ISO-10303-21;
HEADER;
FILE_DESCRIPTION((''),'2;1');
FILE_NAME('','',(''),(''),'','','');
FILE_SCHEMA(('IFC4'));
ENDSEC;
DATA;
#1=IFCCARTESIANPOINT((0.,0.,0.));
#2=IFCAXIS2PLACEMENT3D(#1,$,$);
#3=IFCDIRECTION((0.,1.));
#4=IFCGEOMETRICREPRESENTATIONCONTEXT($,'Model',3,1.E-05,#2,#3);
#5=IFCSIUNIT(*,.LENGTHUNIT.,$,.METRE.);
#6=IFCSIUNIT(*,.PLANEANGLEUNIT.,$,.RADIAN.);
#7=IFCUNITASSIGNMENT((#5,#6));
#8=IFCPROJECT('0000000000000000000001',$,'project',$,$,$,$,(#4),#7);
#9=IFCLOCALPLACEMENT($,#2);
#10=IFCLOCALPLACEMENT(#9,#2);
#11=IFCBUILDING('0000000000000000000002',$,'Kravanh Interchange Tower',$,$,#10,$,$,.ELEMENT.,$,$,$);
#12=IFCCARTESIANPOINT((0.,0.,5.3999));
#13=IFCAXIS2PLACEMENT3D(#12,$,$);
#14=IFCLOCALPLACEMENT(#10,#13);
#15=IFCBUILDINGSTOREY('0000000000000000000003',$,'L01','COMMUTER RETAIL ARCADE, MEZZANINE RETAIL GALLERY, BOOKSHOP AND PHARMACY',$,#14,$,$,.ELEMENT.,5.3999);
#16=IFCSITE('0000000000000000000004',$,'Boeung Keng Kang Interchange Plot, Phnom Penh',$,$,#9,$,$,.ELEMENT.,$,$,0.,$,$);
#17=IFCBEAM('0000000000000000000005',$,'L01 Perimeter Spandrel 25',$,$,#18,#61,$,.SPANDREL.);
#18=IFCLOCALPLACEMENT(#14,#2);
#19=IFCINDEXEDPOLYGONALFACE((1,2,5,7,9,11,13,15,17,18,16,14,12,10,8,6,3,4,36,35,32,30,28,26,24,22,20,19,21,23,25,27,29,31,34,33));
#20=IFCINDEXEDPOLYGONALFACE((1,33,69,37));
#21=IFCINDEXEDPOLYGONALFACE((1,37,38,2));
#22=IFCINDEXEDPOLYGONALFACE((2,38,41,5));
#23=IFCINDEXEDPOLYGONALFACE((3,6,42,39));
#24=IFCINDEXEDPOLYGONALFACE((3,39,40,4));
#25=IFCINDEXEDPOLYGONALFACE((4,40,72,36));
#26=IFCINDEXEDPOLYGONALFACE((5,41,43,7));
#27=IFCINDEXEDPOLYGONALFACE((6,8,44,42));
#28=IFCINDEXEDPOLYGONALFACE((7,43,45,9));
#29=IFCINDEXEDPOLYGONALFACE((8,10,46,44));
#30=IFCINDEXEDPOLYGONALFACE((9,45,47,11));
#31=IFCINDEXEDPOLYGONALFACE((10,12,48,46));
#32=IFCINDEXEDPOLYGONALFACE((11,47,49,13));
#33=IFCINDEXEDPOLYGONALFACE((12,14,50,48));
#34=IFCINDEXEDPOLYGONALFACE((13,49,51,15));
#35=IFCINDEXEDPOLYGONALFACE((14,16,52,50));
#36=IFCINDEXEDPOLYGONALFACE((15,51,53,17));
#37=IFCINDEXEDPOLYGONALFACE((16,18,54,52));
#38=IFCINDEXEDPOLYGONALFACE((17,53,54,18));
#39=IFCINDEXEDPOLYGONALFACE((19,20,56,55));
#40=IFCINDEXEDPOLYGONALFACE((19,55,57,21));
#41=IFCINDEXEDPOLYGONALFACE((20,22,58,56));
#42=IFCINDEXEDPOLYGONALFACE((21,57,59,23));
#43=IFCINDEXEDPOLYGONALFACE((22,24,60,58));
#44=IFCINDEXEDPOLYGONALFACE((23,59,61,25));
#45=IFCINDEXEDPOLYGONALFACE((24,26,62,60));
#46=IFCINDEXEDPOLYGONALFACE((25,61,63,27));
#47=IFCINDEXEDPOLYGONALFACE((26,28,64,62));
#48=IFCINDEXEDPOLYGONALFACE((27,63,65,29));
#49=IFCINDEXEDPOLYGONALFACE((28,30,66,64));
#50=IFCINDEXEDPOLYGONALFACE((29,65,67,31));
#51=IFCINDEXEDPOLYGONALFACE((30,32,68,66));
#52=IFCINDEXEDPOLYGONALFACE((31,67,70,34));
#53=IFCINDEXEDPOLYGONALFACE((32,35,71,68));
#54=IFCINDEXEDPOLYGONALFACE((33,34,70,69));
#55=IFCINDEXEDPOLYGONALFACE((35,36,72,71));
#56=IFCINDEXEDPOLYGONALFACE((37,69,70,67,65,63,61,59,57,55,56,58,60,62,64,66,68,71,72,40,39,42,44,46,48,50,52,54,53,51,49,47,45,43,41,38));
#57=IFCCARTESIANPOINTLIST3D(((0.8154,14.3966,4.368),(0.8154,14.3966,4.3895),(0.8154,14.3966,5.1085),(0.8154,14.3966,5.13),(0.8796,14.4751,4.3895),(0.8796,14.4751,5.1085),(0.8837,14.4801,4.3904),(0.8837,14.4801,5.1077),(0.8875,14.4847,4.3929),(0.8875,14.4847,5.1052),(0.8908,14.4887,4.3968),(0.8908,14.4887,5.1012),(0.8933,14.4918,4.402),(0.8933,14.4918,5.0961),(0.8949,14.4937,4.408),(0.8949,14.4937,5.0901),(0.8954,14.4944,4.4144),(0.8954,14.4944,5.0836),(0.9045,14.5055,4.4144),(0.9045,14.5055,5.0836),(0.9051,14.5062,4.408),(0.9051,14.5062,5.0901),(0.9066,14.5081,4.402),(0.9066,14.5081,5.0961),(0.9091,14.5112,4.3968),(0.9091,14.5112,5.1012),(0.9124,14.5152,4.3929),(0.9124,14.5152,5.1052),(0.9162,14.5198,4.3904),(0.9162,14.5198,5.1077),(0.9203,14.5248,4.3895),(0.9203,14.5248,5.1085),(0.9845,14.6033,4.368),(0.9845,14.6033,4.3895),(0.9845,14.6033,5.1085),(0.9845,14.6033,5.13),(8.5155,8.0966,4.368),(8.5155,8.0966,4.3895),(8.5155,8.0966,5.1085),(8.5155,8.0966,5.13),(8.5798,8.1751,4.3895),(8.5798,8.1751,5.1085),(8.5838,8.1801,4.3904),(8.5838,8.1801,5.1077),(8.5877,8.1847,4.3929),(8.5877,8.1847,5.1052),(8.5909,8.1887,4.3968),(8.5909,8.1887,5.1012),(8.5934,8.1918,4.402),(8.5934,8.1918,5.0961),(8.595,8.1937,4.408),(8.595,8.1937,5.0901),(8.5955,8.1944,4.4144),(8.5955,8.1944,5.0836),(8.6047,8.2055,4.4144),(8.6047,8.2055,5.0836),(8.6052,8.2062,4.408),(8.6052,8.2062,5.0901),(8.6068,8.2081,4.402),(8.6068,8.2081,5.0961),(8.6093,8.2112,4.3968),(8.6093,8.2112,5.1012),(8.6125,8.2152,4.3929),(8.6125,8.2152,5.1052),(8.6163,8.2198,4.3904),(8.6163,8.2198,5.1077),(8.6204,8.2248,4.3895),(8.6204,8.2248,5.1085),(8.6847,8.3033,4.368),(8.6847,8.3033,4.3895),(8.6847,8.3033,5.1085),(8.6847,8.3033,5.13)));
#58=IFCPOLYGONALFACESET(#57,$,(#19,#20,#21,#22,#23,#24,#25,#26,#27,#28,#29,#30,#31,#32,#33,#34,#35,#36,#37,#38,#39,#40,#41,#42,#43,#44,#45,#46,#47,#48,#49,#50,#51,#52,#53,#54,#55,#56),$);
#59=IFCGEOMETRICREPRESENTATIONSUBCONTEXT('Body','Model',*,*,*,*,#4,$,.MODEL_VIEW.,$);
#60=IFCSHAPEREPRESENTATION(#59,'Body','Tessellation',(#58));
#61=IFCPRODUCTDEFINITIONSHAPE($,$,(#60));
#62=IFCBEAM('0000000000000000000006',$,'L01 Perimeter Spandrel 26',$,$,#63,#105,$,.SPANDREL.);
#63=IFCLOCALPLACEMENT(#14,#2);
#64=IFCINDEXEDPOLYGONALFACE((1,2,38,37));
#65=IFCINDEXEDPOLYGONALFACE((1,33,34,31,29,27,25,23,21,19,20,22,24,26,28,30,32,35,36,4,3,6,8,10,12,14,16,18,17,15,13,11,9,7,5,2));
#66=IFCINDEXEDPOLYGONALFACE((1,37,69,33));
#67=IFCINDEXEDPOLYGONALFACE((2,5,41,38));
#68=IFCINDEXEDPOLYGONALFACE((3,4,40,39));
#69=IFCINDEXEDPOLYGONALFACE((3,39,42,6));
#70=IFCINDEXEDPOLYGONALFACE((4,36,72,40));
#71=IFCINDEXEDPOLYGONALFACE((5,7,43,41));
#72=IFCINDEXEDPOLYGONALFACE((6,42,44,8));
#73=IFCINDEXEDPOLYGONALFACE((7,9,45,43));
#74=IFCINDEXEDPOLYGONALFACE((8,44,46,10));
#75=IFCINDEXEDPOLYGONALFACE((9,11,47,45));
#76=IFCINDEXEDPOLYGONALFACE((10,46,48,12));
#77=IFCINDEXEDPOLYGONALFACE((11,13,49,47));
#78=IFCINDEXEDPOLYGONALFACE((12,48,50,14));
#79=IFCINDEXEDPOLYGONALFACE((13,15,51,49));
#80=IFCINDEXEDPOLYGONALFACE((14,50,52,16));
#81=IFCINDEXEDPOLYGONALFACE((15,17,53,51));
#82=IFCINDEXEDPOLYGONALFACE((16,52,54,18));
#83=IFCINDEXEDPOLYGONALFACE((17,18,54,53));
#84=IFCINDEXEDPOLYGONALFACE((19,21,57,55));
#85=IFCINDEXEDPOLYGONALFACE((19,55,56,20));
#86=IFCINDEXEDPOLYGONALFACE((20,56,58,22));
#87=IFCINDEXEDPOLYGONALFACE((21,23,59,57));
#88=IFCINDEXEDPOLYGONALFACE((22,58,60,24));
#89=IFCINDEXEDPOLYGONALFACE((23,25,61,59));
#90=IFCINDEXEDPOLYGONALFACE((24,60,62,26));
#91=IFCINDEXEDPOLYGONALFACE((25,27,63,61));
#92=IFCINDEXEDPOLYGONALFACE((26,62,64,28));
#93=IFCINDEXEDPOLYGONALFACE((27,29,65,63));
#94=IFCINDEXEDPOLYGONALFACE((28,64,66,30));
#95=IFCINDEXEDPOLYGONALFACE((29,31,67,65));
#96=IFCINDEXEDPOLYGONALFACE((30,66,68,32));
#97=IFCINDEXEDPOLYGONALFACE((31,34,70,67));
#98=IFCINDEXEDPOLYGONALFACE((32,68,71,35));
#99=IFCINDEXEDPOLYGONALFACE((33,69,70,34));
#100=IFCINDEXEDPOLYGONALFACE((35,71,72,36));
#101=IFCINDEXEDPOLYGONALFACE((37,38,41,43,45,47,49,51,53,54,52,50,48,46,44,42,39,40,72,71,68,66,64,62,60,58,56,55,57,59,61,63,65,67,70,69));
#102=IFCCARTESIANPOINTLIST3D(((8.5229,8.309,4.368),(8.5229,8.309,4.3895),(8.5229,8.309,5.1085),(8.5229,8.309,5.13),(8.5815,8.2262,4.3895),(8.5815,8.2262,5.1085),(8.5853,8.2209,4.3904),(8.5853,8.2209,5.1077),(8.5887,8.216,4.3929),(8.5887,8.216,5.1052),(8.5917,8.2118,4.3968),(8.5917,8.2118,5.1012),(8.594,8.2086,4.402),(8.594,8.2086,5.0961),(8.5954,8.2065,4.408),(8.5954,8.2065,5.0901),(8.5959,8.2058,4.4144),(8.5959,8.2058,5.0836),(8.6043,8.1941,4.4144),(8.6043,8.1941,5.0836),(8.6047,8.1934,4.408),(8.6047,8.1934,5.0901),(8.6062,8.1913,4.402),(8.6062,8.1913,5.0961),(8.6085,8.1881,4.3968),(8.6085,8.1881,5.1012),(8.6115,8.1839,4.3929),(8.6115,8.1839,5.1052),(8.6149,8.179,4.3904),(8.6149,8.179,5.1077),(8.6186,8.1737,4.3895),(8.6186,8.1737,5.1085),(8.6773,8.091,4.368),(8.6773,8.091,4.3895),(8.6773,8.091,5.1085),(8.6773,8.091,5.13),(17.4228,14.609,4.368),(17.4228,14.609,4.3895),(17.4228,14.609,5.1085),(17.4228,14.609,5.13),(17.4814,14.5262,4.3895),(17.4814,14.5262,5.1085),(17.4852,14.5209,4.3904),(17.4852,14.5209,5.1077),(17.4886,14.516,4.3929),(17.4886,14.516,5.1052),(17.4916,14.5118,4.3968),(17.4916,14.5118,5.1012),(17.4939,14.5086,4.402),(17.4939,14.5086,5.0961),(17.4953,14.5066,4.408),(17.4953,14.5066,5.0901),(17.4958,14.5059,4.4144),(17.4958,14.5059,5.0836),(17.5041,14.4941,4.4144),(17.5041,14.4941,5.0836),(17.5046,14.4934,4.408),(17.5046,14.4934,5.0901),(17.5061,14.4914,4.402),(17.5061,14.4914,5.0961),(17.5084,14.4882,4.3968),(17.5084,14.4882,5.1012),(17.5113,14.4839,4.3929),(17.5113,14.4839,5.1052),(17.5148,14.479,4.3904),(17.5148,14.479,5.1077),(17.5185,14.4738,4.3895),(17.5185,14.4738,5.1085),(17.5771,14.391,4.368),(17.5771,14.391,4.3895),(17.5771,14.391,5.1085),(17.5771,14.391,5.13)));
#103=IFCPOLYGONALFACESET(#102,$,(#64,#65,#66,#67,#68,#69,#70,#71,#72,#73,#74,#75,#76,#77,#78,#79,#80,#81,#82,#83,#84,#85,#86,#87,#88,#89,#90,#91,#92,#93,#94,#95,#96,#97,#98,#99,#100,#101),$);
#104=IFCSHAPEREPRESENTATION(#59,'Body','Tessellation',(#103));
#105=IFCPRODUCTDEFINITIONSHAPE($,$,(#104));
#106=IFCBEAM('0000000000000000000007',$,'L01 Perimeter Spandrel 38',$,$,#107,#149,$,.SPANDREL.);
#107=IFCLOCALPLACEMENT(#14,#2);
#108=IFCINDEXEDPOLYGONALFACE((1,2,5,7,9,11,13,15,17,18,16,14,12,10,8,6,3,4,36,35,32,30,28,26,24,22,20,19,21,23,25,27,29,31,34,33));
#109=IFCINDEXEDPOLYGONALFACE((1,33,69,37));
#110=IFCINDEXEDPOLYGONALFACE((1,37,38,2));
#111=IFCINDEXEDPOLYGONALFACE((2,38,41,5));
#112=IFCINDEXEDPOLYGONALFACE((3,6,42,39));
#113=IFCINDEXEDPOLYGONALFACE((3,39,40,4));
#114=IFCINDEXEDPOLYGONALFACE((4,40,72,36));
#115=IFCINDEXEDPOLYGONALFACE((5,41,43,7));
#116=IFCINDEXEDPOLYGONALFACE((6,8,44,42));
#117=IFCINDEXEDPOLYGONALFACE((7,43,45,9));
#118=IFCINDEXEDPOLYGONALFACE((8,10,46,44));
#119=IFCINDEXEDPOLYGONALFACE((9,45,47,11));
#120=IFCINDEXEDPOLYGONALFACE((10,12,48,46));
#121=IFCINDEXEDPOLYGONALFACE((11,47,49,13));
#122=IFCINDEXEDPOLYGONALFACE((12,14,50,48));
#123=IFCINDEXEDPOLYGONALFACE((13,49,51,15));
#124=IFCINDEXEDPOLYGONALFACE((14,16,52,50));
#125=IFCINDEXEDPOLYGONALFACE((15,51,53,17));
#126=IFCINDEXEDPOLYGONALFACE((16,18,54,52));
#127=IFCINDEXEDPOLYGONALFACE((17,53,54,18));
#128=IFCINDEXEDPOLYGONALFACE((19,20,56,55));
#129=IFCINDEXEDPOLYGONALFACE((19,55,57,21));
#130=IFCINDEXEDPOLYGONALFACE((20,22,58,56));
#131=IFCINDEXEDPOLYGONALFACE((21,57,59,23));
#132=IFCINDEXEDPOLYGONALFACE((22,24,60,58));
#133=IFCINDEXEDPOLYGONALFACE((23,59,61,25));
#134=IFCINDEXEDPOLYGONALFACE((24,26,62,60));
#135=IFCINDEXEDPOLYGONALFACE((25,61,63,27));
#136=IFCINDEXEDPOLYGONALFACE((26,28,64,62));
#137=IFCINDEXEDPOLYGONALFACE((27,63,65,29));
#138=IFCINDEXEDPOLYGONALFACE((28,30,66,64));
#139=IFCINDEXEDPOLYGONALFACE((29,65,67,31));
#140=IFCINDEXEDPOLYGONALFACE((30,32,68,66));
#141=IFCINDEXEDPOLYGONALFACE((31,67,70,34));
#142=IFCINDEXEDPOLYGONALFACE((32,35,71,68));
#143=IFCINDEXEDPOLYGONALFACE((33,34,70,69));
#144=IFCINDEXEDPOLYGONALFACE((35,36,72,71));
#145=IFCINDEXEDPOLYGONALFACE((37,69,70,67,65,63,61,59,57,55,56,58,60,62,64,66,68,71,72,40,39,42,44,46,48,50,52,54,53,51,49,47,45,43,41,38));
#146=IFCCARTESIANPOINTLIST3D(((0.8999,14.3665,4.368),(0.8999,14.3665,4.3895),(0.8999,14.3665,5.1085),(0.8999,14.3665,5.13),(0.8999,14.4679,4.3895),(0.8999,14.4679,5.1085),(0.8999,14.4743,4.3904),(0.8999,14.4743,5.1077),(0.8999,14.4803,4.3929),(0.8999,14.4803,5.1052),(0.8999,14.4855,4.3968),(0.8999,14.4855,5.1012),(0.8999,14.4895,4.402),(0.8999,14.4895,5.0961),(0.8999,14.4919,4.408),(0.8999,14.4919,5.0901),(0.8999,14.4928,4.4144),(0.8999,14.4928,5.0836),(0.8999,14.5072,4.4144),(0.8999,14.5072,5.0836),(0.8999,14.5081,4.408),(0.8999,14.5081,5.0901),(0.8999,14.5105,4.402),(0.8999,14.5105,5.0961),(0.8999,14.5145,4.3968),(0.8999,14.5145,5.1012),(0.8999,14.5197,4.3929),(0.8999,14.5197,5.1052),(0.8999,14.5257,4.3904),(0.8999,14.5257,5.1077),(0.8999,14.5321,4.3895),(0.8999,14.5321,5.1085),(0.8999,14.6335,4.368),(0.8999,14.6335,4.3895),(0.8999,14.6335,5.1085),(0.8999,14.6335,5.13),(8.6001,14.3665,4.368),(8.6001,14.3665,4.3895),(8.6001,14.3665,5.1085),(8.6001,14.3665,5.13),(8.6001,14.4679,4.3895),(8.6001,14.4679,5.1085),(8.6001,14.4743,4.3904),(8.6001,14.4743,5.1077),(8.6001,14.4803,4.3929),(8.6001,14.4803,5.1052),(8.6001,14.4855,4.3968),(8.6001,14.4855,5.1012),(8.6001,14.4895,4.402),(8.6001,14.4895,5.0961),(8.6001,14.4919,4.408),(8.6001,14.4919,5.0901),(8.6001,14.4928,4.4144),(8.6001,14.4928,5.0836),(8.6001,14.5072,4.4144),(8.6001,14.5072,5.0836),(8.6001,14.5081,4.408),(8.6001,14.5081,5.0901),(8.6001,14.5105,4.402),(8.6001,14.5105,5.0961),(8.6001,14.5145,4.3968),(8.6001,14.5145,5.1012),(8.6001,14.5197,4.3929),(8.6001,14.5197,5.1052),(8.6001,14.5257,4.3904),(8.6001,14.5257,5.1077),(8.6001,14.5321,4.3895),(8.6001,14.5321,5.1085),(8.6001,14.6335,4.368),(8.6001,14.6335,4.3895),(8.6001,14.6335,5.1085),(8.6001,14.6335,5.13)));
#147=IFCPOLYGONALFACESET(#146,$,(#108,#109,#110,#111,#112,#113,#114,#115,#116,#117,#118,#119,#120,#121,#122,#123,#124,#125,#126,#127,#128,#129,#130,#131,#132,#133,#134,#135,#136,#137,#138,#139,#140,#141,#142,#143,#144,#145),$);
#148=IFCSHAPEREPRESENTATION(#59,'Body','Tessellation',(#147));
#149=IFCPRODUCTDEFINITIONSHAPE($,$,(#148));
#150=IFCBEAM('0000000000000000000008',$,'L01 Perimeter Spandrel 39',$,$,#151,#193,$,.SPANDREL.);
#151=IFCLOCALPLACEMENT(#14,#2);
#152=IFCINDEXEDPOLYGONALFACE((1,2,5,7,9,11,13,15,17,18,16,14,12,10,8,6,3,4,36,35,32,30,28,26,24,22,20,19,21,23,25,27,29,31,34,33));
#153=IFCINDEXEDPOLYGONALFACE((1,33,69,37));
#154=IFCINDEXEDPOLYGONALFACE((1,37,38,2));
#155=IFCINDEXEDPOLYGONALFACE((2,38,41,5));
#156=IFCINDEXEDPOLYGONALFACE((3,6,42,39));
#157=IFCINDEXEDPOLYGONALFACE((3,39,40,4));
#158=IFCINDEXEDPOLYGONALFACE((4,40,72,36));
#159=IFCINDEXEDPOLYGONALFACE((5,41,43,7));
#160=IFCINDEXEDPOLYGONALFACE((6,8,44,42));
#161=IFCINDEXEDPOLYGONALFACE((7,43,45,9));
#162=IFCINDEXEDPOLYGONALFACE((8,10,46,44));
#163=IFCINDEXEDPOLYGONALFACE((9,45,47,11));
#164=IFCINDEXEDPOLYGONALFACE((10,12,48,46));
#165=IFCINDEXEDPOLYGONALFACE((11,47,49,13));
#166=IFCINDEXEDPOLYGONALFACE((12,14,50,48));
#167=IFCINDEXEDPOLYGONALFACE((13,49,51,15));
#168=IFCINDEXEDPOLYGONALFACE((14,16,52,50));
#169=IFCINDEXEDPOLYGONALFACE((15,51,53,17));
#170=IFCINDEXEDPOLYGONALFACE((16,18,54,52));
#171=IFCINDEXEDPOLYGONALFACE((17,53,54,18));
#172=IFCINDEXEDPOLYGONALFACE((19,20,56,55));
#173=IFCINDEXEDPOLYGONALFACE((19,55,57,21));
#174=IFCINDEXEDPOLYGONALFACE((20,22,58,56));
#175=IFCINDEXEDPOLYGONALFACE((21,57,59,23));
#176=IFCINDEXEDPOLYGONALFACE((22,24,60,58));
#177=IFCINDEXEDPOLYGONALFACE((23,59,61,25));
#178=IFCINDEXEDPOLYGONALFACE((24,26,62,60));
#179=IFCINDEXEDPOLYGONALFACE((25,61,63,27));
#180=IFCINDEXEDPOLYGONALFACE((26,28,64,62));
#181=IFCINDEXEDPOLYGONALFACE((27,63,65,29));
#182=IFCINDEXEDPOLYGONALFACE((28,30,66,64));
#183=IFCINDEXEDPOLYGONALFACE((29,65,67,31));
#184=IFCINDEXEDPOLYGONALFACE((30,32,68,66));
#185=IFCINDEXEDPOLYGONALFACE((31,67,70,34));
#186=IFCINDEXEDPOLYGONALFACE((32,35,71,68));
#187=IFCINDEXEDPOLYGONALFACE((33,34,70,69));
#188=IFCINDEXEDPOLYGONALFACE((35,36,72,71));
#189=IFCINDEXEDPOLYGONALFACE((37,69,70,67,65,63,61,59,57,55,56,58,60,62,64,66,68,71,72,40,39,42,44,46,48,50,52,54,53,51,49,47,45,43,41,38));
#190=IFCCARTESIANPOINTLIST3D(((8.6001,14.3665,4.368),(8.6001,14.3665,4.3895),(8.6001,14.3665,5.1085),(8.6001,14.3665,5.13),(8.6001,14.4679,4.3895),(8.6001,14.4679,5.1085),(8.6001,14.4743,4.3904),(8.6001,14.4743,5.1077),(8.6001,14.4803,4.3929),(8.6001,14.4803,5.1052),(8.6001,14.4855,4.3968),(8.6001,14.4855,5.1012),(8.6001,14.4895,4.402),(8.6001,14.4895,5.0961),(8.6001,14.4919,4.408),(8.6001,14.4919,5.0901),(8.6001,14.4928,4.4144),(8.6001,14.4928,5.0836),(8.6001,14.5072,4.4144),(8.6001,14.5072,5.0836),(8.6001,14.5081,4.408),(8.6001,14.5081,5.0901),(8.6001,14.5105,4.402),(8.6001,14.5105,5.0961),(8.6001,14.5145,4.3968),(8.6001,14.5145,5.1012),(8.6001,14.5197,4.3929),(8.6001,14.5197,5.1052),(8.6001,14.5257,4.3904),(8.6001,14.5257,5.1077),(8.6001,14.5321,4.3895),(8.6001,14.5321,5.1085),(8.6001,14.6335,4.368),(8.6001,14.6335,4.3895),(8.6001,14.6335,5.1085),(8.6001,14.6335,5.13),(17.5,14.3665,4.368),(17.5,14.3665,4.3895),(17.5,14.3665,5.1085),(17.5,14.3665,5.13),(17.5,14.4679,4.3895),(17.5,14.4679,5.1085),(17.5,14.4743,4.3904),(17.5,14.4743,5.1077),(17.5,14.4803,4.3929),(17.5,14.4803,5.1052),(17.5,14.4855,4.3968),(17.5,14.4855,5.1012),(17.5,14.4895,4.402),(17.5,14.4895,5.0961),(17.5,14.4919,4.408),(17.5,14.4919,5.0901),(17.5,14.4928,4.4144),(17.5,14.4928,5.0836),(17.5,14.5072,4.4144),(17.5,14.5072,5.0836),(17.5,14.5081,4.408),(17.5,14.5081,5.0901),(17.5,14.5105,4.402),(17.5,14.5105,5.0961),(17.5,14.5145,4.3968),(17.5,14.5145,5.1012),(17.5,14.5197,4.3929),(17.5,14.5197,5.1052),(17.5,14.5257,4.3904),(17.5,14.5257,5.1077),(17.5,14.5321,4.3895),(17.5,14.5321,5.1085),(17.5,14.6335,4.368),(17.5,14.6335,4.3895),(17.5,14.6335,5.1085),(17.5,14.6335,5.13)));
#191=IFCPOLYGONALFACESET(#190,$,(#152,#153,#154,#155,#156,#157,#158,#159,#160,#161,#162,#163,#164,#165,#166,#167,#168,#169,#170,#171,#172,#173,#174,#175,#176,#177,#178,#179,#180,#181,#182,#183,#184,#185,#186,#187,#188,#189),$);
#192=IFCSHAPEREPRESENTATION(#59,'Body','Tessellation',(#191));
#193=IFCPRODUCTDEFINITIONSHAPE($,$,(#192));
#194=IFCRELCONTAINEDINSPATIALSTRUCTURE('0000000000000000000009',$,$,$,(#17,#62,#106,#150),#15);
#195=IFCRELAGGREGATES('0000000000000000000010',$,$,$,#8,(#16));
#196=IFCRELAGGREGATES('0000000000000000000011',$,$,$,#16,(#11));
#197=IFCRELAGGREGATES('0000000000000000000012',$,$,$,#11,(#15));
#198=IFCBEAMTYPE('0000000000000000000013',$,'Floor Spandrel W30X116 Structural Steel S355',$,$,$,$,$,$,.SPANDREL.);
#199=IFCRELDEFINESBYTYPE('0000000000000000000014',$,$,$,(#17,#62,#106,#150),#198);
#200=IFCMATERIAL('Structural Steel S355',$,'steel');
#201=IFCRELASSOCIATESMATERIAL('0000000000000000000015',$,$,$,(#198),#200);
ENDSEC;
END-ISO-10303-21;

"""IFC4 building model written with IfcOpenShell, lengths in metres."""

from ifc_helpers import new_model, si_unit, direction, frame, origin, origin_2d, place, context, subcontext, project, spatial, i_section, extrude, material, material_profile, profile_set, type_object, element, save


model = new_model("IFC4")

# Units and contexts
model_context = context("Model", 3, precision=1e-05, world=origin(), true_north=direction((0.0, 1.0)))
body_context = subcontext(model_context, "Body", "Model", "MODEL_VIEW")
ifc_project = project(units=[si_unit("LENGTHUNIT", "METRE"), si_unit("PLANEANGLEUNIT", "RADIAN")], contexts=[model_context])

# Site, building, storey
site_placement = place(None, origin())
site = spatial("IfcSite", under=ifc_project, at=site_placement, Name="Boeung Keng Kang Interchange Plot, Phnom Penh", CompositionType="ELEMENT", RefElevation=0.0)
building_placement = place(site_placement, origin())
building = spatial("IfcBuilding", under=site, at=building_placement, Name="Kravanh Interchange Tower", CompositionType="ELEMENT")
storey_placement = place(building_placement, frame((0.0, 0.0, 5.3999)))
storey = spatial("IfcBuildingStorey", under=building, at=storey_placement, Name="L01", Description="COMMUTER RETAIL ARCADE, MEZZANINE RETAIL GALLERY, BOOKSHOP AND PHARMACY", CompositionType="ELEMENT", Elevation=5.3999)

# Beams
ifc_material_1 = material(Name="Structural Steel S355", Category="steel")
ifc_material_profile_1 = material_profile(ifc_material_1, i_section(OverallWidth=0.2671, OverallDepth=0.762, WebThickness=0.0144, FlangeThickness=0.0215, FilletRadius=0.0249, at=origin_2d()), Name="W30X116")
ifc_profile_set_1 = profile_set([ifc_material_profile_1], Name="Structural Steel S355")
beam_type_1 = type_object("IfcBeamType", Name="Floor Spandrel W30X116 Structural Steel S355", PredefinedType="SPANDREL", material=ifc_profile_set_1)
beam_1_placement = place(storey_placement, frame((8.6001, 8.2, 4.749), z_axis=(-0.773963, 0.633231, 0.0), x_axis=(-0.633231, -0.773963, 0.0)))
element("IfcBeam", 1, at=beam_1_placement, inside=storey, type_object=beam_type_1, Name="L01 Perimeter Spandrel 25", PredefinedType="SPANDREL", context=body_context, shape_type="SweptSolid", body=[
    extrude(i_section(OverallWidth=0.2671, OverallDepth=0.762, WebThickness=0.0144, FlangeThickness=0.0215, FilletRadius=0.0249, at=origin_2d()), origin(), (0.0, 0.0, 1.0), 9.949),
])
beam_2_placement = place(storey_placement, frame((8.6001, 8.2, 4.749), z_axis=(0.8162, 0.57777, 0.0), x_axis=(-0.57777, 0.8162, 0.0)))
element("IfcBeam", 2, at=beam_2_placement, inside=storey, type_object=beam_type_1, Name="L01 Perimeter Spandrel 26", PredefinedType="SPANDREL", context=body_context, shape_type="SweptSolid", body=[
    extrude(i_section(OverallWidth=0.2671, OverallDepth=0.762, WebThickness=0.0144, FlangeThickness=0.0215, FilletRadius=0.0249, at=origin_2d()), origin(), (0.0, 0.0, 1.0), 10.9041),
])
beam_3_placement = place(storey_placement, frame((8.6001, 14.5, 4.749), z_axis=(-1.0, 0.0, 0.0), x_axis=(0.0, -1.0, 0.0)))
element("IfcBeam", 3, at=beam_3_placement, inside=storey, type_object=beam_type_1, Name="L01 Perimeter Spandrel 38", PredefinedType="SPANDREL", context=body_context, shape_type="SweptSolid", body=[
    extrude(i_section(OverallWidth=0.2671, OverallDepth=0.762, WebThickness=0.0144, FlangeThickness=0.0215, FilletRadius=0.0249, at=origin_2d()), origin(), (0.0, 0.0, 1.0), 7.7002),
])
beam_4_placement = place(storey_placement, frame((8.6001, 14.5, 4.749), z_axis=(1.0, 0.0, 0.0), x_axis=(0.0, 1.0, 0.0)))
element("IfcBeam", 4, at=beam_4_placement, inside=storey, type_object=beam_type_1, Name="L01 Perimeter Spandrel 39", PredefinedType="SPANDREL", context=body_context, shape_type="SweptSolid", body=[
    extrude(i_section(OverallWidth=0.2671, OverallDepth=0.762, WebThickness=0.0144, FlangeThickness=0.0215, FilletRadius=0.0249, at=origin_2d()), origin(), (0.0, 0.0, 1.0), 8.8999),
])

save(model, "model.ifc")
